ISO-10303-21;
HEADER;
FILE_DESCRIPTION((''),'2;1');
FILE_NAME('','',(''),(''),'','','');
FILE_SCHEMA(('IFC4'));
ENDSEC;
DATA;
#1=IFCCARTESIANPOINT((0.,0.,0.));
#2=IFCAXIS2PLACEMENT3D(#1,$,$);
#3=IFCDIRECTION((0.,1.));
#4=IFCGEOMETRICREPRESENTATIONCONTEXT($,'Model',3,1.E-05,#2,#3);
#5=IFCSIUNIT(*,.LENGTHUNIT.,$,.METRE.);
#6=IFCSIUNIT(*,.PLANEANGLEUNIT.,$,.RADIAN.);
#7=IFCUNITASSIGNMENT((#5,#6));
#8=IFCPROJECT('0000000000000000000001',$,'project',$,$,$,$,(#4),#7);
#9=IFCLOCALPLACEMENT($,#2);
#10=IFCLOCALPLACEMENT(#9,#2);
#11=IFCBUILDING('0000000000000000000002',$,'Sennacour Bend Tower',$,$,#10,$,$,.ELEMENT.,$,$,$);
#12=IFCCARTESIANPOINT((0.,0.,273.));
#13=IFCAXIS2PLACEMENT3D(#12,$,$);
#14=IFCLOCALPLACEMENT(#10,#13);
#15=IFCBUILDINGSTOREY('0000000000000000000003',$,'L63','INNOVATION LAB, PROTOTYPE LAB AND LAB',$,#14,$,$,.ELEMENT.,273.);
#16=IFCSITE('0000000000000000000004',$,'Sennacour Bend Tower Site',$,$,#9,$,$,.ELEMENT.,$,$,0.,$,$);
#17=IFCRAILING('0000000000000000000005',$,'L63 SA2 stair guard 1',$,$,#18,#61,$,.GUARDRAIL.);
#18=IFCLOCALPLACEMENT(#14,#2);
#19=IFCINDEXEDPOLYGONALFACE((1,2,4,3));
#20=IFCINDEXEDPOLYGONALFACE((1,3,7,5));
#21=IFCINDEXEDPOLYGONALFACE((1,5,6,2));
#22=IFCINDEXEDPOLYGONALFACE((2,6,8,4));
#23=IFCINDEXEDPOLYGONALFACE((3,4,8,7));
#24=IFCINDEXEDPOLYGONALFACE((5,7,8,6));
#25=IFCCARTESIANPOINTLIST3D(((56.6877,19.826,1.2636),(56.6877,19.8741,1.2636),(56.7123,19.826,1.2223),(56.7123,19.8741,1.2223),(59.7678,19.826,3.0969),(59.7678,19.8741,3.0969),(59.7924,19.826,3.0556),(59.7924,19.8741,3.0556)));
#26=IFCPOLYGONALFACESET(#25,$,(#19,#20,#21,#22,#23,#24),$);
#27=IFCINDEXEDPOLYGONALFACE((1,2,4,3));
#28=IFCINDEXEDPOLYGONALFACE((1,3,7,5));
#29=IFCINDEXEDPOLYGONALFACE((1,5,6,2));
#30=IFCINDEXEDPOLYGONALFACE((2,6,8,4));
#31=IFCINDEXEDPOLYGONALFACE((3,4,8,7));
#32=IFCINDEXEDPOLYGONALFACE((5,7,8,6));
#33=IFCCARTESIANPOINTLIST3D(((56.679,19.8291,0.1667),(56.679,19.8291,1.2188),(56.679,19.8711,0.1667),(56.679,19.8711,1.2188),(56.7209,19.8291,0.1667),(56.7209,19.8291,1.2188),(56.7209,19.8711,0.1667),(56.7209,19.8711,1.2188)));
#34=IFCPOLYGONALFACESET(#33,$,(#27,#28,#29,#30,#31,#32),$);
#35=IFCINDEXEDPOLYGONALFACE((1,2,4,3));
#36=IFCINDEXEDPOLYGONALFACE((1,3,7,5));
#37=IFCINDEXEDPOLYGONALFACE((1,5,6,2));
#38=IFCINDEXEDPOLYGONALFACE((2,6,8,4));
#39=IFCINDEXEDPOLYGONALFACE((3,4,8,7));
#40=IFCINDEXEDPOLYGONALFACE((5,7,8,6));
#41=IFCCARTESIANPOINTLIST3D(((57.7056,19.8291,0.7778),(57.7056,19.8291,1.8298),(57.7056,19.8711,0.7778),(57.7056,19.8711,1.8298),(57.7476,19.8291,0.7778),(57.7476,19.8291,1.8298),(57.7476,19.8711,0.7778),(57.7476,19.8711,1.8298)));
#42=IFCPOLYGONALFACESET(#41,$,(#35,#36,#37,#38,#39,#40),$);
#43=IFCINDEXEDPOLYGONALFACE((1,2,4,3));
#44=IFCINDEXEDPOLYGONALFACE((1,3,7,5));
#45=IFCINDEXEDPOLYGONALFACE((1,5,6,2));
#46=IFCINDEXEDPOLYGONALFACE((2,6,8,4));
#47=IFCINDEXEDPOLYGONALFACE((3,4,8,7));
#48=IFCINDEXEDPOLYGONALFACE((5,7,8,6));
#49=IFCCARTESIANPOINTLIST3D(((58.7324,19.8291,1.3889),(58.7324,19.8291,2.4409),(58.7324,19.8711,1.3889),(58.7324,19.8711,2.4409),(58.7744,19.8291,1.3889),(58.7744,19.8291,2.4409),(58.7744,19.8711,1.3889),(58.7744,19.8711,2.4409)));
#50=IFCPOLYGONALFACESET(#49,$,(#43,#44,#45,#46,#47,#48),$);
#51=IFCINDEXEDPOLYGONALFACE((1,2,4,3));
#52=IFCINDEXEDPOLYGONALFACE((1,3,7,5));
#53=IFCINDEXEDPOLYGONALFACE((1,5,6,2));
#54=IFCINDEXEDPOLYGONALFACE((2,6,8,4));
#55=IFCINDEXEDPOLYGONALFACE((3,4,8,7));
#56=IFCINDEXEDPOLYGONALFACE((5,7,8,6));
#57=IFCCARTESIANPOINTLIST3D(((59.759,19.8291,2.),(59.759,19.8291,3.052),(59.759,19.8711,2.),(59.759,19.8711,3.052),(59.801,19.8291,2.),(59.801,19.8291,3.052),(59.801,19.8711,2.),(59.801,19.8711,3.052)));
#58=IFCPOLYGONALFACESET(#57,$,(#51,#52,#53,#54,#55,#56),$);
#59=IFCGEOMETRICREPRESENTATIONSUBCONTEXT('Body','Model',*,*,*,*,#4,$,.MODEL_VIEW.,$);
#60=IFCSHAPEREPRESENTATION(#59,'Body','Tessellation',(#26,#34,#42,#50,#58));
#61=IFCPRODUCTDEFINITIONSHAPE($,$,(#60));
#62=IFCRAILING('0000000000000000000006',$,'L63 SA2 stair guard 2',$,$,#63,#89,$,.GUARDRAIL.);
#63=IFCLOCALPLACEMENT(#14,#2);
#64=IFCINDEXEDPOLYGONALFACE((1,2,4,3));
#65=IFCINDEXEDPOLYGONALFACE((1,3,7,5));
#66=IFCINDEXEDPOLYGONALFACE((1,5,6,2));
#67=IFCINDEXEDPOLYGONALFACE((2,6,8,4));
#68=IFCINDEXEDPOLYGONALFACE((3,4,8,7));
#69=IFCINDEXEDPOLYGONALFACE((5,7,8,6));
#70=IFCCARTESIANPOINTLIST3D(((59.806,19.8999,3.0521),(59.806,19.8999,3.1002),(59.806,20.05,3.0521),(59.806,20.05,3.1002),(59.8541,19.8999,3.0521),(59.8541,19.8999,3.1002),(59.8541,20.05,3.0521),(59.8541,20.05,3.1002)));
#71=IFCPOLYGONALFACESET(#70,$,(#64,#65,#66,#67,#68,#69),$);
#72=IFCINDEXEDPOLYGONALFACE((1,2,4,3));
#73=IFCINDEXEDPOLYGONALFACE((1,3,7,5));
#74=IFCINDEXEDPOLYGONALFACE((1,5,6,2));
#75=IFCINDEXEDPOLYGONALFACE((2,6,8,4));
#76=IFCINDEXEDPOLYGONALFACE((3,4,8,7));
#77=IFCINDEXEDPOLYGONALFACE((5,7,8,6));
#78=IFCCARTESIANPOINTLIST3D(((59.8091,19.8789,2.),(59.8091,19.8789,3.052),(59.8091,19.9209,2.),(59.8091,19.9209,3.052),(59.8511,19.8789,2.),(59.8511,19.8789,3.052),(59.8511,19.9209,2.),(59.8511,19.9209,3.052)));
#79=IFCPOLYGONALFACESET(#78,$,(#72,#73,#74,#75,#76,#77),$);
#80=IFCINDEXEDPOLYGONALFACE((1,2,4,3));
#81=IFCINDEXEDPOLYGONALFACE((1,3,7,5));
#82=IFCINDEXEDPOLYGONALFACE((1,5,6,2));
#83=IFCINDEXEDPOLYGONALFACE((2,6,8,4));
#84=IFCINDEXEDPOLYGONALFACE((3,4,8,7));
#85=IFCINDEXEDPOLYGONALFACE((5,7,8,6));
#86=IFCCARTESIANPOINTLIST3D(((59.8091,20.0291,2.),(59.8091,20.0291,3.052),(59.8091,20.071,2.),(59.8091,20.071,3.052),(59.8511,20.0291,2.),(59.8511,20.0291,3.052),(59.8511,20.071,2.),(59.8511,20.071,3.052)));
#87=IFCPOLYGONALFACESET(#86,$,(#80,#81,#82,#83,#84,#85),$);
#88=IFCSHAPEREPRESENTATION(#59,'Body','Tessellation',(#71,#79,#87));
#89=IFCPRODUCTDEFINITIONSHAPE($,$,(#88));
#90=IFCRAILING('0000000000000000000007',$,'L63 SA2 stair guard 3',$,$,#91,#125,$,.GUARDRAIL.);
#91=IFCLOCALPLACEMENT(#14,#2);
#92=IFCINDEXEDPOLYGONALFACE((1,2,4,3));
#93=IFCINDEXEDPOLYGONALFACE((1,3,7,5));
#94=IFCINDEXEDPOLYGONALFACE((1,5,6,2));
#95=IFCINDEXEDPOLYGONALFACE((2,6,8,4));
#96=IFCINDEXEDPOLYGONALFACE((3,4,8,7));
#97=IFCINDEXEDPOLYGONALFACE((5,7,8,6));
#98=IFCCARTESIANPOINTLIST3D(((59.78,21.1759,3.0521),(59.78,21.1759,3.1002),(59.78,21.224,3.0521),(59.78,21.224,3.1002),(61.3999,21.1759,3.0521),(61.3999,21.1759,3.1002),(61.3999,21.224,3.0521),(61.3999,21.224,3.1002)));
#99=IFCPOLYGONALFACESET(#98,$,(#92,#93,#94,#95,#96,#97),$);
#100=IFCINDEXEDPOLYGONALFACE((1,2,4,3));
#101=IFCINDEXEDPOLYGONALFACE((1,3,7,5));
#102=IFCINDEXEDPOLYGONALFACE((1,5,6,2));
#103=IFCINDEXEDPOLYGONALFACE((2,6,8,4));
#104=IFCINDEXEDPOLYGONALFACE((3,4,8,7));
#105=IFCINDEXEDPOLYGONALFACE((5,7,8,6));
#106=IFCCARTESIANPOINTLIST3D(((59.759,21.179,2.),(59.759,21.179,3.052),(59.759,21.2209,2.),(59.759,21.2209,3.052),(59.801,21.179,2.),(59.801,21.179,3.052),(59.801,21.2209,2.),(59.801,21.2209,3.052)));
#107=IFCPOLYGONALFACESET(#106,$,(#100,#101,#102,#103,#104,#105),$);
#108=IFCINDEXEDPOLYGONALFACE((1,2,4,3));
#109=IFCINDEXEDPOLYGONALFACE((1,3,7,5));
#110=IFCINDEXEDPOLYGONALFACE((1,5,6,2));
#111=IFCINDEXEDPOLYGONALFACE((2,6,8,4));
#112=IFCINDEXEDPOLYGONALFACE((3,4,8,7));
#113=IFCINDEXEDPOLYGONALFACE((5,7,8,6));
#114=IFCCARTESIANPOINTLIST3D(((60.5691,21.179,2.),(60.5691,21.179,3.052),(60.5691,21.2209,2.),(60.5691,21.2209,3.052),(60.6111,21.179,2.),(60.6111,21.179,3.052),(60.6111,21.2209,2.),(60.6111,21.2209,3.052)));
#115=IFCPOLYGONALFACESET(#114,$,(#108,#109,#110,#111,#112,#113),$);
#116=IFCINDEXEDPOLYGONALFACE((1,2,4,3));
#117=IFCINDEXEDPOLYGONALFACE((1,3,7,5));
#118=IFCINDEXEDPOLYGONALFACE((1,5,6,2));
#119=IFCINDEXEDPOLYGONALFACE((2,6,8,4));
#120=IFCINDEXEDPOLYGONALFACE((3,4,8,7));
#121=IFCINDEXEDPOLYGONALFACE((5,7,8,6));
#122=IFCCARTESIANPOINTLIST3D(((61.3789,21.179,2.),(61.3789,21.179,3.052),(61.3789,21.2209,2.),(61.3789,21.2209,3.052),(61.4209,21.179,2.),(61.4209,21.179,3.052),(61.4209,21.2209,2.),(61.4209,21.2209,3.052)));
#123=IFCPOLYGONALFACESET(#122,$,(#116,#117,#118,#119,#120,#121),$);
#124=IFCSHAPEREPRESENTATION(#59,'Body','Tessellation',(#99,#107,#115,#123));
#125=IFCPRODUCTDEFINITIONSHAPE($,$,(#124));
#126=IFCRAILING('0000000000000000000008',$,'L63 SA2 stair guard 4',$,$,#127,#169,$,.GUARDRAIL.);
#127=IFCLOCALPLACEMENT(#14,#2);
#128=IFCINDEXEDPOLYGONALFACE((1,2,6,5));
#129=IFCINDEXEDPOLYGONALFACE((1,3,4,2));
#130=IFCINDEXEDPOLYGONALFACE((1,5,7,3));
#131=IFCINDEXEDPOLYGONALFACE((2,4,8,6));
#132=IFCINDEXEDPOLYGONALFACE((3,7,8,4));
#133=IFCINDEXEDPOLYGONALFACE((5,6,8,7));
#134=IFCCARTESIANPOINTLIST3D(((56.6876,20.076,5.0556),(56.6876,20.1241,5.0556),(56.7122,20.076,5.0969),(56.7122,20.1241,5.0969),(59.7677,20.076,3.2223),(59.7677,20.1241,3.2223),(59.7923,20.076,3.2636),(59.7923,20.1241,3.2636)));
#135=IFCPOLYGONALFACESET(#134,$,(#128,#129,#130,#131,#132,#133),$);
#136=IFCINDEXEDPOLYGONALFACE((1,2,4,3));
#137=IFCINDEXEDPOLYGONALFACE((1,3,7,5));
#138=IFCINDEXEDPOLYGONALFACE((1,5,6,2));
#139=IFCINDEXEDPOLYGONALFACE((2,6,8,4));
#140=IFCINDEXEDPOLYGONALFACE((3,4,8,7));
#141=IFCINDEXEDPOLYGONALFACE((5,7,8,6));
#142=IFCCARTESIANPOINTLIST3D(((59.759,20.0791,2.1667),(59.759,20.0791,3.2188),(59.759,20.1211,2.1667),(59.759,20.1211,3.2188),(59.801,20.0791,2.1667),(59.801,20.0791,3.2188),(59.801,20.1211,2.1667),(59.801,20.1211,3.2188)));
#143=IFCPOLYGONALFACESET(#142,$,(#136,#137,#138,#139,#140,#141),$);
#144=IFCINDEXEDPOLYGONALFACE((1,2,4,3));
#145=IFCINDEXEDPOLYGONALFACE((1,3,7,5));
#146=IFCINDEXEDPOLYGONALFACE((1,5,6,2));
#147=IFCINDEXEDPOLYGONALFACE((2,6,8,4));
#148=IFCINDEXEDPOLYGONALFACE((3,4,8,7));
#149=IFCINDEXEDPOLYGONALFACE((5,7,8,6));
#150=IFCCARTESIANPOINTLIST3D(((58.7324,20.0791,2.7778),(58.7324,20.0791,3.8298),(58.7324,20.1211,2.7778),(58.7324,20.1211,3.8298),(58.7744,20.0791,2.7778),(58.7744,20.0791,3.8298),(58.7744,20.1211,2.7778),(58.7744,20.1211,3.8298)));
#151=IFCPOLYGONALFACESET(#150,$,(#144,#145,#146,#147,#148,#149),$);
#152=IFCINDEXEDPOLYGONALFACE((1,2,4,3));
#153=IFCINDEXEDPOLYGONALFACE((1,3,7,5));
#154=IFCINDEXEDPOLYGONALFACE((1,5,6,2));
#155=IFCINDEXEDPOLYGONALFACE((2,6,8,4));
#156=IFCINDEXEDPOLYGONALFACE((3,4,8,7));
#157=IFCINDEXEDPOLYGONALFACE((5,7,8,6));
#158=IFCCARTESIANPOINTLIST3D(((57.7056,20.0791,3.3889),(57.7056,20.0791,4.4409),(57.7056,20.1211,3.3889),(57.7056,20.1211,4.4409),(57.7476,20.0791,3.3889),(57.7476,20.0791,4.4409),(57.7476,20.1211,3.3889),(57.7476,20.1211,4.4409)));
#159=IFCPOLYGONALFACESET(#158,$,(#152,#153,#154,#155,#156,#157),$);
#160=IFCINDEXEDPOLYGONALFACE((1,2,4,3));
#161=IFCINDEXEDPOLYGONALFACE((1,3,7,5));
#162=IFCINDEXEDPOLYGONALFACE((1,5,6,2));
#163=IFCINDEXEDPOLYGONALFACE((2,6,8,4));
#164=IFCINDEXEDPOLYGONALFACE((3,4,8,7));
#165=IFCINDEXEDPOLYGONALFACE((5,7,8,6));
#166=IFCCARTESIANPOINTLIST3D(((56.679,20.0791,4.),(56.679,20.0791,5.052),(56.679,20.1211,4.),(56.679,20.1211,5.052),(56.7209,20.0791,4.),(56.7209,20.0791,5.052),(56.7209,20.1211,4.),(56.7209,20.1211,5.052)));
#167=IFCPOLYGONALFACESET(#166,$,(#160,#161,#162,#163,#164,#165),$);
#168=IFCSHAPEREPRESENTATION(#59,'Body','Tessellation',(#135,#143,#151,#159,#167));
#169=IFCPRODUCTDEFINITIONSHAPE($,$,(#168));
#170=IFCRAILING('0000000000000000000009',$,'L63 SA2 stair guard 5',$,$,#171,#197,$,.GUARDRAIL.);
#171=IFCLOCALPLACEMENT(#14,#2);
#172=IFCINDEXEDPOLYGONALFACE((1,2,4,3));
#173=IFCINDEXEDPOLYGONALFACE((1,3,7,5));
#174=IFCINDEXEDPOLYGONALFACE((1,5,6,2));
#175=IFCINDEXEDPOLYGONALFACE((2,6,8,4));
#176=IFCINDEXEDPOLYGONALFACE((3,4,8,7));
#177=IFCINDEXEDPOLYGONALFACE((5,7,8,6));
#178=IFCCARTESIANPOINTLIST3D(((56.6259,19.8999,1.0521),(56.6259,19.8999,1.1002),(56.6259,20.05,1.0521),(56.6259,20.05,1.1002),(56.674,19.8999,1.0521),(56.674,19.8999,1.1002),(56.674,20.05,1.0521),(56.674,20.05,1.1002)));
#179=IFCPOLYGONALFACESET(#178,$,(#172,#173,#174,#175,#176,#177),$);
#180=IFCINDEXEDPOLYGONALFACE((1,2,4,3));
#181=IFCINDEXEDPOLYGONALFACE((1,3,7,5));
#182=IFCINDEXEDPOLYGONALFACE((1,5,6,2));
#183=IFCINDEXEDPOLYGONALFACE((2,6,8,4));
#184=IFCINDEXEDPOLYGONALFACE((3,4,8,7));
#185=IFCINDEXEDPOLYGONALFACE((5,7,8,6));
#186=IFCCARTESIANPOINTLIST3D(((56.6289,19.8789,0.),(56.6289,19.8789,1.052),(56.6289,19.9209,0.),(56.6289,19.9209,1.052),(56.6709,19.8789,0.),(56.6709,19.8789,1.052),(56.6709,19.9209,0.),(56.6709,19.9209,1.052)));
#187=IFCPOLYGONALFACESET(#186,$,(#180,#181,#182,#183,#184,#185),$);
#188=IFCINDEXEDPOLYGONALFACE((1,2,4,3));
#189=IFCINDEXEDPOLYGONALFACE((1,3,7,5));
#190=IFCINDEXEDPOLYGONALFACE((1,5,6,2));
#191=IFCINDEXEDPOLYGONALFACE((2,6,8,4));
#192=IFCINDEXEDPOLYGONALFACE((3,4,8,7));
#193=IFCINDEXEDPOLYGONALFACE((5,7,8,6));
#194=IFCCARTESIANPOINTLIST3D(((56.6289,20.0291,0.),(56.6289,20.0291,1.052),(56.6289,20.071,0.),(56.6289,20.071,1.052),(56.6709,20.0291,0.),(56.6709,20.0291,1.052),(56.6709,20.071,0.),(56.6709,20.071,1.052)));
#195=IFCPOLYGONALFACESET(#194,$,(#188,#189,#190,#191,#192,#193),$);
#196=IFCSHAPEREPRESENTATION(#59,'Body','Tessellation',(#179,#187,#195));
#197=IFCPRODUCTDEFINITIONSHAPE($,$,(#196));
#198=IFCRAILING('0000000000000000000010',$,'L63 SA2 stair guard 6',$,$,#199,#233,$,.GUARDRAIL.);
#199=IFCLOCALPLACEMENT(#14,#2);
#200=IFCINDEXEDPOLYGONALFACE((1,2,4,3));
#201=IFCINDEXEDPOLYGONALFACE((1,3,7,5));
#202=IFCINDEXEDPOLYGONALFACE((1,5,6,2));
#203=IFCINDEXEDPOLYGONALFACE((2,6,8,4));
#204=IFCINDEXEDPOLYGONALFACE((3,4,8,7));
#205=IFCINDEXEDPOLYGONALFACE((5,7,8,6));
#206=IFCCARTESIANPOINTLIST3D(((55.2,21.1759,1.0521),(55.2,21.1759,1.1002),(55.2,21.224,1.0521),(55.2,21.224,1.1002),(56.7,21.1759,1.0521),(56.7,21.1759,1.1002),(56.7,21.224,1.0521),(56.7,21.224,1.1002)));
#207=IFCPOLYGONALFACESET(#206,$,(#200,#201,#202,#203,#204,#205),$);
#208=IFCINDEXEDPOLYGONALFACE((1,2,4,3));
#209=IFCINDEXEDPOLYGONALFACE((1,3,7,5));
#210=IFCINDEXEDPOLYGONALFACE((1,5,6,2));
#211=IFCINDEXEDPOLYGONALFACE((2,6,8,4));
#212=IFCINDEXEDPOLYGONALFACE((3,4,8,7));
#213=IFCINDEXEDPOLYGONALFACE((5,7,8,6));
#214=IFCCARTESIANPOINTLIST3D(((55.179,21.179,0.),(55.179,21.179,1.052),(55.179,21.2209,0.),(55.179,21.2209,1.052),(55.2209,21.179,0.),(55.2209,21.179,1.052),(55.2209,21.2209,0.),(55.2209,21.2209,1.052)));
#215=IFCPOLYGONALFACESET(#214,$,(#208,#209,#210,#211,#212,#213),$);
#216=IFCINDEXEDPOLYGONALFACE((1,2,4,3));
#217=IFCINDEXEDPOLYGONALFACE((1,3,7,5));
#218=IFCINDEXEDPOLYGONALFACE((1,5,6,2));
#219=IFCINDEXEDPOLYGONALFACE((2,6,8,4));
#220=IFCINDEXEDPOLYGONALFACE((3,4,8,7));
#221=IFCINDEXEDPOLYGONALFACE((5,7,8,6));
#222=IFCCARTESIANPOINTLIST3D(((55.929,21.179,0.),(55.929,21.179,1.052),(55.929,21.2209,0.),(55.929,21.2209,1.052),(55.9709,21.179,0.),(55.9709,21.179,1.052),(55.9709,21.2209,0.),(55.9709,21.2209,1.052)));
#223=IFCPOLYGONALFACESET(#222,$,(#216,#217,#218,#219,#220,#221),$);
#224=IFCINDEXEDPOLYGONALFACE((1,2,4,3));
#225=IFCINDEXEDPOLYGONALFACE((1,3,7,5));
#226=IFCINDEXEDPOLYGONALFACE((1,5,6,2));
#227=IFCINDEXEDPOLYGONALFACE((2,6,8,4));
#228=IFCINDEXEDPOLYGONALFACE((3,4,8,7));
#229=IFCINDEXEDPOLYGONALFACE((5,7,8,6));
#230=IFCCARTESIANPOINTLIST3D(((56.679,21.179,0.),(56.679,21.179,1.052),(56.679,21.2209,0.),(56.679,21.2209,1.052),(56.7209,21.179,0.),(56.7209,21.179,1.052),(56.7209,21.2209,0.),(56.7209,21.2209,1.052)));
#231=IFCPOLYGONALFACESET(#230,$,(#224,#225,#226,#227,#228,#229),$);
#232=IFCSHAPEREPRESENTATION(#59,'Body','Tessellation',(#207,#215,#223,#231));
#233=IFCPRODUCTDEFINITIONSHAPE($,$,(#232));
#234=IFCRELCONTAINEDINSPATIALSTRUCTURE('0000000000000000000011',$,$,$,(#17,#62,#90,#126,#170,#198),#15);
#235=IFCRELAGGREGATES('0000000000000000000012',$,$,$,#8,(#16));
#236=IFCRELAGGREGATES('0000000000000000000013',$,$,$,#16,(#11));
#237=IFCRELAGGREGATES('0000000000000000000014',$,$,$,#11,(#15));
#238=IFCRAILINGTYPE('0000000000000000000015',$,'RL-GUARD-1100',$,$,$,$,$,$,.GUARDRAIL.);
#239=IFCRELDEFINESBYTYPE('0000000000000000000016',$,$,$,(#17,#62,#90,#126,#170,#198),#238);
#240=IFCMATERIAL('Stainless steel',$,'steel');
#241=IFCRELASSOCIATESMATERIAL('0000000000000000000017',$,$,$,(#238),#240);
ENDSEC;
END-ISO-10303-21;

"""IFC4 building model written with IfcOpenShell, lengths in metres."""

from ifc_helpers import new_model, si_unit, direction, frame, origin, origin_2d, place, context, subcontext, project, spatial, rectangle, extrude, material, type_object, element, save


model = new_model("IFC4")

# Units and contexts
model_context = context("Model", 3, precision=1e-05, world=origin(), true_north=direction((0.0, 1.0)))
body_context = subcontext(model_context, "Body", "Model", "MODEL_VIEW")
ifc_project = project(units=[si_unit("LENGTHUNIT", "METRE"), si_unit("PLANEANGLEUNIT", "RADIAN")], contexts=[model_context])

# Site, building, storey
site_placement = place(None, origin())
site = spatial("IfcSite", under=ifc_project, at=site_placement, Name="Sennacour Bend Tower Site", CompositionType="ELEMENT", RefElevation=0.0)
building_placement = place(site_placement, origin())
building = spatial("IfcBuilding", under=site, at=building_placement, Name="Sennacour Bend Tower", CompositionType="ELEMENT")
storey_placement = place(building_placement, frame((0.0, 0.0, 273.0)))
storey = spatial("IfcBuildingStorey", under=building, at=storey_placement, Name="L63", Description="INNOVATION LAB, PROTOTYPE LAB AND LAB", CompositionType="ELEMENT", Elevation=273.0)

# Railings
ifc_material_1 = material(Name="Stainless steel", Category="steel")
railing_type_1 = type_object("IfcRailingType", Name="RL-GUARD-1100", PredefinedType="GUARDRAIL", material=ifc_material_1)
railing_1_placement = place(storey_placement, frame((56.7, 19.8501, 0.1667)))
element("IfcRailing", 1, at=railing_1_placement, inside=storey, type_object=railing_type_1, Name="L63 SA2 stair guard 1", PredefinedType="GUARDRAIL", context=body_context, shape_type="SweptSolid", body=[
    extrude(rectangle(XDim=0.0481, YDim=0.0481, at=origin_2d()), frame((0.0, 0.0, 1.0762), z_axis=(0.859309, 0.0, 0.511458), x_axis=(0.0, 1.0, 0.0)), (0.0, 0.0, 1.0), 3.5845),
    extrude(rectangle(XDim=0.042, YDim=0.042, at=origin_2d()), origin(), (0.0, 0.0, 1.0), 1.052),
    extrude(rectangle(XDim=0.042, YDim=0.042, at=origin_2d()), frame((1.0266, 0.0, 0.6111)), (0.0, 0.0, 1.0), 1.052),
    extrude(rectangle(XDim=0.042, YDim=0.042, at=origin_2d()), frame((2.0535, 0.0, 1.2222)), (0.0, 0.0, 1.0), 1.052),
    extrude(rectangle(XDim=0.042, YDim=0.042, at=origin_2d()), frame((3.0801, 0.0, 1.8333)), (0.0, 0.0, 1.0), 1.052),
])
railing_2_placement = place(storey_placement, frame((59.8301, 19.8999, 2.0)))
element("IfcRailing", 2, at=railing_2_placement, inside=storey, type_object=railing_type_1, Name="L63 SA2 stair guard 2", PredefinedType="GUARDRAIL", context=body_context, shape_type="SweptSolid", body=[
    extrude(rectangle(XDim=0.0481, YDim=0.0481, at=origin_2d()), frame((0.0, 0.0, 1.0762), z_axis=(0.0, 1.0, 0.0), x_axis=(-1.0, 0.0, 0.0)), (0.0, 0.0, 1.0), 0.1501),
    extrude(rectangle(XDim=0.042, YDim=0.042, at=origin_2d()), origin(), (0.0, 0.0, 1.0), 1.052),
    extrude(rectangle(XDim=0.042, YDim=0.042, at=origin_2d()), frame((0.0, 0.1501, 0.0)), (0.0, 0.0, 1.0), 1.052),
])
railing_3_placement = place(storey_placement, frame((59.78, 21.2, 2.0)))
element("IfcRailing", 3, at=railing_3_placement, inside=storey, type_object=railing_type_1, Name="L63 SA2 stair guard 3", PredefinedType="GUARDRAIL", context=body_context, shape_type="SweptSolid", body=[
    extrude(rectangle(XDim=0.0481, YDim=0.0481, at=origin_2d()), frame((0.0, 0.0, 1.0762), z_axis=(1.0, 0.0, 0.0), x_axis=(0.0, 1.0, 0.0)), (0.0, 0.0, 1.0), 1.6199),
    extrude(rectangle(XDim=0.042, YDim=0.042, at=origin_2d()), origin(), (0.0, 0.0, 1.0), 1.052),
    extrude(rectangle(XDim=0.042, YDim=0.042, at=origin_2d()), frame((0.8101, 0.0, 0.0)), (0.0, 0.0, 1.0), 1.052),
    extrude(rectangle(XDim=0.042, YDim=0.042, at=origin_2d()), frame((1.6199, 0.0, 0.0)), (0.0, 0.0, 1.0), 1.052),
])
railing_4_placement = place(storey_placement, frame((59.78, 20.1001, 2.1667)))
element("IfcRailing", 4, at=railing_4_placement, inside=storey, type_object=railing_type_1, Name="L63 SA2 stair guard 4", PredefinedType="GUARDRAIL", context=body_context, shape_type="SweptSolid", body=[
    extrude(rectangle(XDim=0.0481, YDim=0.0481, at=origin_2d()), frame((0.0, 0.0, 1.0762), z_axis=(-0.859309, 0.0, 0.511458), x_axis=(0.0, -1.0, 0.0)), (0.0, 0.0, 1.0), 3.5845),
    extrude(rectangle(XDim=0.042, YDim=0.042, at=origin_2d()), origin(), (0.0, 0.0, 1.0), 1.052),
    extrude(rectangle(XDim=0.042, YDim=0.042, at=origin_2d()), frame((-1.0266, 0.0, 0.6111)), (0.0, 0.0, 1.0), 1.052),
    extrude(rectangle(XDim=0.042, YDim=0.042, at=origin_2d()), frame((-2.0535, 0.0, 1.2222)), (0.0, 0.0, 1.0), 1.052),
    extrude(rectangle(XDim=0.042, YDim=0.042, at=origin_2d()), frame((-3.0801, 0.0, 1.8333)), (0.0, 0.0, 1.0), 1.052),
])
railing_5_placement = place(storey_placement, frame((56.6499, 19.8999, 0.0)))
element("IfcRailing", 5, at=railing_5_placement, inside=storey, type_object=railing_type_1, Name="L63 SA2 stair guard 5", PredefinedType="GUARDRAIL", context=body_context, shape_type="SweptSolid", body=[
    extrude(rectangle(XDim=0.0481, YDim=0.0481, at=origin_2d()), frame((0.0, 0.0, 1.0762), z_axis=(0.0, 1.0, 0.0), x_axis=(-1.0, 0.0, 0.0)), (0.0, 0.0, 1.0), 0.1501),
    extrude(rectangle(XDim=0.042, YDim=0.042, at=origin_2d()), origin(), (0.0, 0.0, 1.0), 1.052),
    extrude(rectangle(XDim=0.042, YDim=0.042, at=origin_2d()), frame((0.0, 0.1501, 0.0)), (0.0, 0.0, 1.0), 1.052),
])
railing_6_placement = place(storey_placement, frame((55.2, 21.2, 0.0)))
element("IfcRailing", 6, at=railing_6_placement, inside=storey, type_object=railing_type_1, Name="L63 SA2 stair guard 6", PredefinedType="GUARDRAIL", context=body_context, shape_type="SweptSolid", body=[
    extrude(rectangle(XDim=0.0481, YDim=0.0481, at=origin_2d()), frame((0.0, 0.0, 1.0762), z_axis=(1.0, 0.0, 0.0), x_axis=(0.0, 1.0, 0.0)), (0.0, 0.0, 1.0), 1.5),
    extrude(rectangle(XDim=0.042, YDim=0.042, at=origin_2d()), origin(), (0.0, 0.0, 1.0), 1.052),
    extrude(rectangle(XDim=0.042, YDim=0.042, at=origin_2d()), frame((0.75, 0.0, 0.0)), (0.0, 0.0, 1.0), 1.052),
    extrude(rectangle(XDim=0.042, YDim=0.042, at=origin_2d()), frame((1.5, 0.0, 0.0)), (0.0, 0.0, 1.0), 1.052),
])

save(model, "model.ifc")
